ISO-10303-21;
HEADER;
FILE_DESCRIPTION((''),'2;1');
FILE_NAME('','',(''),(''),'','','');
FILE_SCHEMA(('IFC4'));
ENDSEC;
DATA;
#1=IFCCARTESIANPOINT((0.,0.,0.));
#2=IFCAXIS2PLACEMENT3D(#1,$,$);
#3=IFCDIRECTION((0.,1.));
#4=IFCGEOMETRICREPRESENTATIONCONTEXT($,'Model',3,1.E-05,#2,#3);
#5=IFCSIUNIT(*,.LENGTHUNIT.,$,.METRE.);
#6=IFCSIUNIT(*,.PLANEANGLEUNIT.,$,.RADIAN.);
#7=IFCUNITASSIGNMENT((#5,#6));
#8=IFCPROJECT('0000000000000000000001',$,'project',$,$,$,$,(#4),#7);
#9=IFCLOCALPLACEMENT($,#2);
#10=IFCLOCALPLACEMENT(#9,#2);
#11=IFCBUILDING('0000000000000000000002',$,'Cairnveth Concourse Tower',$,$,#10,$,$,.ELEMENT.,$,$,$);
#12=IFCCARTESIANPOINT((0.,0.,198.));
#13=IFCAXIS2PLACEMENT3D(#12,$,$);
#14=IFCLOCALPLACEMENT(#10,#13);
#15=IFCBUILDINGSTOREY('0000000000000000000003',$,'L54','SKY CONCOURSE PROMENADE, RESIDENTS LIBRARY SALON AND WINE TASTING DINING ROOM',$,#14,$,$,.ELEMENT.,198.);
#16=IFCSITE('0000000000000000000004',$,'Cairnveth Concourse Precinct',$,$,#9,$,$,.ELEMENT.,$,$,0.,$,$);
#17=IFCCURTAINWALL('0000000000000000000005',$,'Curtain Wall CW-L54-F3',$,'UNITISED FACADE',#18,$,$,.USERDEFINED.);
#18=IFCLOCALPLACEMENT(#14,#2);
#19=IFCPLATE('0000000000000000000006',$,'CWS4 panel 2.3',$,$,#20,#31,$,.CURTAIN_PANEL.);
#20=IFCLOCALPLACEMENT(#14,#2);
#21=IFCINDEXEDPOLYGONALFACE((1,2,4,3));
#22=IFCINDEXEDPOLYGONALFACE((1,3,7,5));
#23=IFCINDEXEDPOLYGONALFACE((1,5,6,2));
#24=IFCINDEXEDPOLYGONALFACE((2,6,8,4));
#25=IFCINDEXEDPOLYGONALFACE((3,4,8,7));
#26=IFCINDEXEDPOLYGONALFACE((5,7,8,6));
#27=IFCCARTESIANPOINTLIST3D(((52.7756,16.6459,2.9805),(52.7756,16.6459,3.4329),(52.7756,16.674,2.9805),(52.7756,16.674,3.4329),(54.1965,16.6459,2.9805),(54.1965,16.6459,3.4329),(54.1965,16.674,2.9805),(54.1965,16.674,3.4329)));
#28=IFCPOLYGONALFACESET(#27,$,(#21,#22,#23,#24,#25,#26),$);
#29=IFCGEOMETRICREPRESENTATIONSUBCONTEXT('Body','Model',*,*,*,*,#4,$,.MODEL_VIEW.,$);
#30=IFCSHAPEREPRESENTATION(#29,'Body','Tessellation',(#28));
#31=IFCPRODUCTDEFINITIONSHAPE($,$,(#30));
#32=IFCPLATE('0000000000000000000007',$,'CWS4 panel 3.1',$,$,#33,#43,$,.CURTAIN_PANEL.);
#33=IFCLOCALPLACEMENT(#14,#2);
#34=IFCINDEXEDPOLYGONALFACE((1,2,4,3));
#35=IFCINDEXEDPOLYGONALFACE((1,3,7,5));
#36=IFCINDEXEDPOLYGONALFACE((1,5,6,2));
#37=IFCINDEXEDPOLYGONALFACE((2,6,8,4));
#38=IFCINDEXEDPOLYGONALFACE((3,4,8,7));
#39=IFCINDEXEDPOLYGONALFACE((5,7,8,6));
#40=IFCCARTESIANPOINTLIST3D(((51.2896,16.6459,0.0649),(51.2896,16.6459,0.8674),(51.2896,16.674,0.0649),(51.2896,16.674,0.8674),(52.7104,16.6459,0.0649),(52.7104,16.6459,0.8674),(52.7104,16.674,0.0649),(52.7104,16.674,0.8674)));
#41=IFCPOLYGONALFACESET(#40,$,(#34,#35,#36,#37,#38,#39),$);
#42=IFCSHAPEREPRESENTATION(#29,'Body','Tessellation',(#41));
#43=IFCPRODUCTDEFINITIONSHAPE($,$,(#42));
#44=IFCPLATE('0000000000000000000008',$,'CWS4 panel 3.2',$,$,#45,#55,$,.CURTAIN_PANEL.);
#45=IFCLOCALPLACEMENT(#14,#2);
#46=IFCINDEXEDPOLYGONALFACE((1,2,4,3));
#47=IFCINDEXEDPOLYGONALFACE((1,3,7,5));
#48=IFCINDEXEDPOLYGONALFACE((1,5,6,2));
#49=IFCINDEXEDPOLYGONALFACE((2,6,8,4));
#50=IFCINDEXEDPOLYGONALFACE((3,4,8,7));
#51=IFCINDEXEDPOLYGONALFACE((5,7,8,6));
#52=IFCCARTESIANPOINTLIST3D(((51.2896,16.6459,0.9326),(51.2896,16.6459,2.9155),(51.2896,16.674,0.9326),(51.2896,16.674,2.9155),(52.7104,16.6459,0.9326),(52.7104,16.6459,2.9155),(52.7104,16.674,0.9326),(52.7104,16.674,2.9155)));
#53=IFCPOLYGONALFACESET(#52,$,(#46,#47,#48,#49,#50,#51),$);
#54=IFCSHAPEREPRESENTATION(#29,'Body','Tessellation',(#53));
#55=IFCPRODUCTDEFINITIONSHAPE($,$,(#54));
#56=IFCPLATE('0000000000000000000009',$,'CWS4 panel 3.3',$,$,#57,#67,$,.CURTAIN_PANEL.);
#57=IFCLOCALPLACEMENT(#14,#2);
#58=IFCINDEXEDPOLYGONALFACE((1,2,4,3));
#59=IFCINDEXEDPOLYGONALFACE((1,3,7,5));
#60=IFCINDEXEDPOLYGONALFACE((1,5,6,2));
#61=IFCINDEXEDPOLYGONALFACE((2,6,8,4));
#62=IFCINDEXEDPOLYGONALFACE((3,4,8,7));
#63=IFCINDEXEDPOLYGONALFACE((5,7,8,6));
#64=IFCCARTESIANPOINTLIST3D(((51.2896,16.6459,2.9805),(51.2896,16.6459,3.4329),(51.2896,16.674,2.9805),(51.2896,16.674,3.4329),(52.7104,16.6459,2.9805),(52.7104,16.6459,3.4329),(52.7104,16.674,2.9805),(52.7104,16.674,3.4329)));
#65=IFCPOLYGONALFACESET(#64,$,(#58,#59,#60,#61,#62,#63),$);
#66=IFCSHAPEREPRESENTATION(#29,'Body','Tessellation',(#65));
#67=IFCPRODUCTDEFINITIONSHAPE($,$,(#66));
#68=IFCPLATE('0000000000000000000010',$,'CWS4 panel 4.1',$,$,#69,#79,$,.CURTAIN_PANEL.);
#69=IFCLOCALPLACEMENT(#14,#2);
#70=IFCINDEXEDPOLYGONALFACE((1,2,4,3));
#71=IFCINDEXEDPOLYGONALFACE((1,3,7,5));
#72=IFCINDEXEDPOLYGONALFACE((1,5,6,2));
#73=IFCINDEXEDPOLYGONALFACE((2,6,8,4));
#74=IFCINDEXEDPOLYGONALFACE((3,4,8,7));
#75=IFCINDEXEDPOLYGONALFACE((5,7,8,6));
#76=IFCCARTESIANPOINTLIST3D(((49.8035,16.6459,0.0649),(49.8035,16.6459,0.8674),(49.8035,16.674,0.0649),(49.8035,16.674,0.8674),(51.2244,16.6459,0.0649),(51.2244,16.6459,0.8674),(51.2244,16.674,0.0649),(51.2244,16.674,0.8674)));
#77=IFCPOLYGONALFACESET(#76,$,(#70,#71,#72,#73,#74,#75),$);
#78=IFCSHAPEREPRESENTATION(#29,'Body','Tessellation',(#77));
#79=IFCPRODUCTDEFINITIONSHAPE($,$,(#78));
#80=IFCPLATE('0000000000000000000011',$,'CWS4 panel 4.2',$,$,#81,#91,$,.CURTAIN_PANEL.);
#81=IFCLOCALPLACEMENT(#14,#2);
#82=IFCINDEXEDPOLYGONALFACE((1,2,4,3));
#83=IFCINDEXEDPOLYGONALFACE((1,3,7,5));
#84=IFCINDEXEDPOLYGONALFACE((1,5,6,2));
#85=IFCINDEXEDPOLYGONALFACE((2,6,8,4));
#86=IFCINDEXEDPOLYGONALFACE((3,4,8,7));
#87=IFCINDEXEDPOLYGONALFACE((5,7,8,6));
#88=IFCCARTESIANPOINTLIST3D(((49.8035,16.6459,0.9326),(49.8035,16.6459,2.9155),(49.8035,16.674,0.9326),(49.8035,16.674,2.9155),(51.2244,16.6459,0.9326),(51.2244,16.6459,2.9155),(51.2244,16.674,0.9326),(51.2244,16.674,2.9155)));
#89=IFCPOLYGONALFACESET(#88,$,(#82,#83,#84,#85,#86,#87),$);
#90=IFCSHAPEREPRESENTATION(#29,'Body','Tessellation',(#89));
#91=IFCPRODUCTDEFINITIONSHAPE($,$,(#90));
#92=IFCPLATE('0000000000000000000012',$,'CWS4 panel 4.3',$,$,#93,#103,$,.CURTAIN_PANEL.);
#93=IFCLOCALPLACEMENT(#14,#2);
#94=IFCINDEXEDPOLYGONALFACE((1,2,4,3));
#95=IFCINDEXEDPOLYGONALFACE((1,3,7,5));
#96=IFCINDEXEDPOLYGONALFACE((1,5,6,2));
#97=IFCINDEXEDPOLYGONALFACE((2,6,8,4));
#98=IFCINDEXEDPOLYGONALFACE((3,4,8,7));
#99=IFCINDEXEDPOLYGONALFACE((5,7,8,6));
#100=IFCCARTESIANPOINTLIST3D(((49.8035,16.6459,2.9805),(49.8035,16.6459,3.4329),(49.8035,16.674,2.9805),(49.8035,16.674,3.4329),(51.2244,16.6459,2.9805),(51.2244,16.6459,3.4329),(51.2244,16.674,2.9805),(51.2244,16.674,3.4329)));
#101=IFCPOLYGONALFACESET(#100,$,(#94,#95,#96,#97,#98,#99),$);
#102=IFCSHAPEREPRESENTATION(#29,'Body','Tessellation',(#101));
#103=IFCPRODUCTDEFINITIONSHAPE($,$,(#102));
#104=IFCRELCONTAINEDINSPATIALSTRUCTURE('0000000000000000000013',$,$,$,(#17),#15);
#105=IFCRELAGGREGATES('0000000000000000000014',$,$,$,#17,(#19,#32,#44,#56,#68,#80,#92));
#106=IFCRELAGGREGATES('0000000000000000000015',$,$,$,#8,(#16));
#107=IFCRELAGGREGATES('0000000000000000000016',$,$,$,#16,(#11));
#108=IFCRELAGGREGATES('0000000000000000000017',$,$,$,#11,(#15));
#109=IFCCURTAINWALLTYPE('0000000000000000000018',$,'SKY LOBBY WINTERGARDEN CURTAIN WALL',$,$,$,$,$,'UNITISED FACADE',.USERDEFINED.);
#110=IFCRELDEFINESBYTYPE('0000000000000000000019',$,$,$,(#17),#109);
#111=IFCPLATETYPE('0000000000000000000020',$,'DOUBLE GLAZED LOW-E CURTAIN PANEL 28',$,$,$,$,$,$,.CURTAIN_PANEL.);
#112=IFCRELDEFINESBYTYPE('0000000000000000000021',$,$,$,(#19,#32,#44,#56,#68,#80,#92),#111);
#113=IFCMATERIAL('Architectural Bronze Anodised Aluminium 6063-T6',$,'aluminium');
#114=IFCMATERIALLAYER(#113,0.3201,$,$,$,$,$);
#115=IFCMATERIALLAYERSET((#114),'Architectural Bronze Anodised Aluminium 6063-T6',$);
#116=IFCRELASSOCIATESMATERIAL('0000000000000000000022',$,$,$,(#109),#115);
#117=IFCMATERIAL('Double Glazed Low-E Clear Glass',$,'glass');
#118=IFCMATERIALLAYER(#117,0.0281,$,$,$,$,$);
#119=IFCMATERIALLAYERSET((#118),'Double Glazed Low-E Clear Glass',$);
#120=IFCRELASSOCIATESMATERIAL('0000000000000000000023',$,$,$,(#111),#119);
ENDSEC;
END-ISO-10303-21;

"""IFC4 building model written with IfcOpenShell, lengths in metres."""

from ifc_helpers import new_model, si_unit, direction, frame, origin, origin_2d, place, context, subcontext, project, spatial, rectangle, extrude, material, layer, layer_set, type_object, element, aggregate, save


model = new_model("IFC4")

# Units and contexts
model_context = context("Model", 3, precision=1e-05, world=origin(), true_north=direction((0.0, 1.0)))
body_context = subcontext(model_context, "Body", "Model", "MODEL_VIEW")
ifc_project = project(units=[si_unit("LENGTHUNIT", "METRE"), si_unit("PLANEANGLEUNIT", "RADIAN")], contexts=[model_context])

# Site, building, storey
site_placement = place(None, origin())
site = spatial("IfcSite", under=ifc_project, at=site_placement, Name="Cairnveth Concourse Precinct", CompositionType="ELEMENT", RefElevation=0.0)
building_placement = place(site_placement, origin())
building = spatial("IfcBuilding", under=site, at=building_placement, Name="Cairnveth Concourse Tower", CompositionType="ELEMENT")
storey_placement = place(building_placement, frame((0.0, 0.0, 198.0)))
storey = spatial("IfcBuildingStorey", under=building, at=storey_placement, Name="L54", Description="SKY CONCOURSE PROMENADE, RESIDENTS LIBRARY SALON AND WINE TASTING DINING ROOM", CompositionType="ELEMENT", Elevation=198.0)

# Curtain wall, plates
ifc_material_1 = material(Name="Architectural Bronze Anodised Aluminium 6063-T6", Category="aluminium")
ifc_layer_1 = layer(ifc_material_1, 0.3201)
ifc_layer_set_1 = layer_set([ifc_layer_1], Name="Architectural Bronze Anodised Aluminium 6063-T6")
curtain_wall_type = type_object("IfcCurtainWallType", Name="SKY LOBBY WINTERGARDEN CURTAIN WALL", ElementType="UNITISED FACADE", PredefinedType="USERDEFINED", material=ifc_layer_set_1)
curtain_wall_placement = place(storey_placement, origin())
curtain_wall = element("IfcCurtainWall", 1, at=curtain_wall_placement, inside=storey, type_object=curtain_wall_type, Name="Curtain Wall CW-L54-F3", ObjectType="UNITISED FACADE", PredefinedType="USERDEFINED")
ifc_material_2 = material(Name="Double Glazed Low-E Clear Glass", Category="glass")
ifc_layer_2 = layer(ifc_material_2, 0.0281)
ifc_layer_set_2 = layer_set([ifc_layer_2], Name="Double Glazed Low-E Clear Glass")
plate_type = type_object("IfcPlateType", Name="DOUBLE GLAZED LOW-E CURTAIN PANEL 28", PredefinedType="CURTAIN_PANEL", material=ifc_layer_set_2)
plate_1_placement = place(storey_placement, frame((53.4861, 16.6599, 2.9805), z_axis=(0.0, 0.0, 1.0), x_axis=(-1.0, 0.0, 0.0)))
plate_1 = element("IfcPlate", 2, at=plate_1_placement, type_object=plate_type, Name="CWS4 panel 2.3", PredefinedType="CURTAIN_PANEL", context=body_context, shape_type="SweptSolid", body=[
    extrude(rectangle(XDim=1.4209, YDim=0.0281, at=origin_2d()), origin(), (0.0, 0.0, 1.0), 0.4524),
])
plate_2_placement = place(storey_placement, frame((52.0, 16.6599, 0.0649), z_axis=(0.0, 0.0, 1.0), x_axis=(-1.0, 0.0, 0.0)))
plate_2 = element("IfcPlate", 3, at=plate_2_placement, type_object=plate_type, Name="CWS4 panel 3.1", PredefinedType="CURTAIN_PANEL", context=body_context, shape_type="SweptSolid", body=[
    extrude(rectangle(XDim=1.4209, YDim=0.0281, at=origin_2d()), origin(), (0.0, 0.0, 1.0), 0.8025),
])
plate_3_placement = place(storey_placement, frame((52.0, 16.6599, 0.9326), z_axis=(0.0, 0.0, 1.0), x_axis=(-1.0, 0.0, 0.0)))
plate_3 = element("IfcPlate", 4, at=plate_3_placement, type_object=plate_type, Name="CWS4 panel 3.2", PredefinedType="CURTAIN_PANEL", context=body_context, shape_type="SweptSolid", body=[
    extrude(rectangle(XDim=1.4209, YDim=0.0281, at=origin_2d()), origin(), (0.0, 0.0, 1.0), 1.9829),
])
plate_4_placement = place(storey_placement, frame((52.0, 16.6599, 2.9805), z_axis=(0.0, 0.0, 1.0), x_axis=(-1.0, 0.0, 0.0)))
plate_4 = element("IfcPlate", 5, at=plate_4_placement, type_object=plate_type, Name="CWS4 panel 3.3", PredefinedType="CURTAIN_PANEL", context=body_context, shape_type="SweptSolid", body=[
    extrude(rectangle(XDim=1.4209, YDim=0.0281, at=origin_2d()), origin(), (0.0, 0.0, 1.0), 0.4524),
])
plate_5_placement = place(storey_placement, frame((50.5139, 16.6599, 0.0649), z_axis=(0.0, 0.0, 1.0), x_axis=(-1.0, 0.0, 0.0)))
plate_5 = element("IfcPlate", 6, at=plate_5_placement, type_object=plate_type, Name="CWS4 panel 4.1", PredefinedType="CURTAIN_PANEL", context=body_context, shape_type="SweptSolid", body=[
    extrude(rectangle(XDim=1.4209, YDim=0.0281, at=origin_2d()), origin(), (0.0, 0.0, 1.0), 0.8025),
])
plate_6_placement = place(storey_placement, frame((50.5139, 16.6599, 0.9326), z_axis=(0.0, 0.0, 1.0), x_axis=(-1.0, 0.0, 0.0)))
plate_6 = element("IfcPlate", 7, at=plate_6_placement, type_object=plate_type, Name="CWS4 panel 4.2", PredefinedType="CURTAIN_PANEL", context=body_context, shape_type="SweptSolid", body=[
    extrude(rectangle(XDim=1.4209, YDim=0.0281, at=origin_2d()), origin(), (0.0, 0.0, 1.0), 1.9829),
])
plate_7_placement = place(storey_placement, frame((50.5139, 16.6599, 2.9805), z_axis=(0.0, 0.0, 1.0), x_axis=(-1.0, 0.0, 0.0)))
plate_7 = element("IfcPlate", 8, at=plate_7_placement, type_object=plate_type, Name="CWS4 panel 4.3", PredefinedType="CURTAIN_PANEL", context=body_context, shape_type="SweptSolid", body=[
    extrude(rectangle(XDim=1.4209, YDim=0.0281, at=origin_2d()), origin(), (0.0, 0.0, 1.0), 0.4524),
])
aggregate(curtain_wall, [plate_1, plate_2, plate_3, plate_4, plate_5, plate_6, plate_7])

save(model, "model.ifc")
